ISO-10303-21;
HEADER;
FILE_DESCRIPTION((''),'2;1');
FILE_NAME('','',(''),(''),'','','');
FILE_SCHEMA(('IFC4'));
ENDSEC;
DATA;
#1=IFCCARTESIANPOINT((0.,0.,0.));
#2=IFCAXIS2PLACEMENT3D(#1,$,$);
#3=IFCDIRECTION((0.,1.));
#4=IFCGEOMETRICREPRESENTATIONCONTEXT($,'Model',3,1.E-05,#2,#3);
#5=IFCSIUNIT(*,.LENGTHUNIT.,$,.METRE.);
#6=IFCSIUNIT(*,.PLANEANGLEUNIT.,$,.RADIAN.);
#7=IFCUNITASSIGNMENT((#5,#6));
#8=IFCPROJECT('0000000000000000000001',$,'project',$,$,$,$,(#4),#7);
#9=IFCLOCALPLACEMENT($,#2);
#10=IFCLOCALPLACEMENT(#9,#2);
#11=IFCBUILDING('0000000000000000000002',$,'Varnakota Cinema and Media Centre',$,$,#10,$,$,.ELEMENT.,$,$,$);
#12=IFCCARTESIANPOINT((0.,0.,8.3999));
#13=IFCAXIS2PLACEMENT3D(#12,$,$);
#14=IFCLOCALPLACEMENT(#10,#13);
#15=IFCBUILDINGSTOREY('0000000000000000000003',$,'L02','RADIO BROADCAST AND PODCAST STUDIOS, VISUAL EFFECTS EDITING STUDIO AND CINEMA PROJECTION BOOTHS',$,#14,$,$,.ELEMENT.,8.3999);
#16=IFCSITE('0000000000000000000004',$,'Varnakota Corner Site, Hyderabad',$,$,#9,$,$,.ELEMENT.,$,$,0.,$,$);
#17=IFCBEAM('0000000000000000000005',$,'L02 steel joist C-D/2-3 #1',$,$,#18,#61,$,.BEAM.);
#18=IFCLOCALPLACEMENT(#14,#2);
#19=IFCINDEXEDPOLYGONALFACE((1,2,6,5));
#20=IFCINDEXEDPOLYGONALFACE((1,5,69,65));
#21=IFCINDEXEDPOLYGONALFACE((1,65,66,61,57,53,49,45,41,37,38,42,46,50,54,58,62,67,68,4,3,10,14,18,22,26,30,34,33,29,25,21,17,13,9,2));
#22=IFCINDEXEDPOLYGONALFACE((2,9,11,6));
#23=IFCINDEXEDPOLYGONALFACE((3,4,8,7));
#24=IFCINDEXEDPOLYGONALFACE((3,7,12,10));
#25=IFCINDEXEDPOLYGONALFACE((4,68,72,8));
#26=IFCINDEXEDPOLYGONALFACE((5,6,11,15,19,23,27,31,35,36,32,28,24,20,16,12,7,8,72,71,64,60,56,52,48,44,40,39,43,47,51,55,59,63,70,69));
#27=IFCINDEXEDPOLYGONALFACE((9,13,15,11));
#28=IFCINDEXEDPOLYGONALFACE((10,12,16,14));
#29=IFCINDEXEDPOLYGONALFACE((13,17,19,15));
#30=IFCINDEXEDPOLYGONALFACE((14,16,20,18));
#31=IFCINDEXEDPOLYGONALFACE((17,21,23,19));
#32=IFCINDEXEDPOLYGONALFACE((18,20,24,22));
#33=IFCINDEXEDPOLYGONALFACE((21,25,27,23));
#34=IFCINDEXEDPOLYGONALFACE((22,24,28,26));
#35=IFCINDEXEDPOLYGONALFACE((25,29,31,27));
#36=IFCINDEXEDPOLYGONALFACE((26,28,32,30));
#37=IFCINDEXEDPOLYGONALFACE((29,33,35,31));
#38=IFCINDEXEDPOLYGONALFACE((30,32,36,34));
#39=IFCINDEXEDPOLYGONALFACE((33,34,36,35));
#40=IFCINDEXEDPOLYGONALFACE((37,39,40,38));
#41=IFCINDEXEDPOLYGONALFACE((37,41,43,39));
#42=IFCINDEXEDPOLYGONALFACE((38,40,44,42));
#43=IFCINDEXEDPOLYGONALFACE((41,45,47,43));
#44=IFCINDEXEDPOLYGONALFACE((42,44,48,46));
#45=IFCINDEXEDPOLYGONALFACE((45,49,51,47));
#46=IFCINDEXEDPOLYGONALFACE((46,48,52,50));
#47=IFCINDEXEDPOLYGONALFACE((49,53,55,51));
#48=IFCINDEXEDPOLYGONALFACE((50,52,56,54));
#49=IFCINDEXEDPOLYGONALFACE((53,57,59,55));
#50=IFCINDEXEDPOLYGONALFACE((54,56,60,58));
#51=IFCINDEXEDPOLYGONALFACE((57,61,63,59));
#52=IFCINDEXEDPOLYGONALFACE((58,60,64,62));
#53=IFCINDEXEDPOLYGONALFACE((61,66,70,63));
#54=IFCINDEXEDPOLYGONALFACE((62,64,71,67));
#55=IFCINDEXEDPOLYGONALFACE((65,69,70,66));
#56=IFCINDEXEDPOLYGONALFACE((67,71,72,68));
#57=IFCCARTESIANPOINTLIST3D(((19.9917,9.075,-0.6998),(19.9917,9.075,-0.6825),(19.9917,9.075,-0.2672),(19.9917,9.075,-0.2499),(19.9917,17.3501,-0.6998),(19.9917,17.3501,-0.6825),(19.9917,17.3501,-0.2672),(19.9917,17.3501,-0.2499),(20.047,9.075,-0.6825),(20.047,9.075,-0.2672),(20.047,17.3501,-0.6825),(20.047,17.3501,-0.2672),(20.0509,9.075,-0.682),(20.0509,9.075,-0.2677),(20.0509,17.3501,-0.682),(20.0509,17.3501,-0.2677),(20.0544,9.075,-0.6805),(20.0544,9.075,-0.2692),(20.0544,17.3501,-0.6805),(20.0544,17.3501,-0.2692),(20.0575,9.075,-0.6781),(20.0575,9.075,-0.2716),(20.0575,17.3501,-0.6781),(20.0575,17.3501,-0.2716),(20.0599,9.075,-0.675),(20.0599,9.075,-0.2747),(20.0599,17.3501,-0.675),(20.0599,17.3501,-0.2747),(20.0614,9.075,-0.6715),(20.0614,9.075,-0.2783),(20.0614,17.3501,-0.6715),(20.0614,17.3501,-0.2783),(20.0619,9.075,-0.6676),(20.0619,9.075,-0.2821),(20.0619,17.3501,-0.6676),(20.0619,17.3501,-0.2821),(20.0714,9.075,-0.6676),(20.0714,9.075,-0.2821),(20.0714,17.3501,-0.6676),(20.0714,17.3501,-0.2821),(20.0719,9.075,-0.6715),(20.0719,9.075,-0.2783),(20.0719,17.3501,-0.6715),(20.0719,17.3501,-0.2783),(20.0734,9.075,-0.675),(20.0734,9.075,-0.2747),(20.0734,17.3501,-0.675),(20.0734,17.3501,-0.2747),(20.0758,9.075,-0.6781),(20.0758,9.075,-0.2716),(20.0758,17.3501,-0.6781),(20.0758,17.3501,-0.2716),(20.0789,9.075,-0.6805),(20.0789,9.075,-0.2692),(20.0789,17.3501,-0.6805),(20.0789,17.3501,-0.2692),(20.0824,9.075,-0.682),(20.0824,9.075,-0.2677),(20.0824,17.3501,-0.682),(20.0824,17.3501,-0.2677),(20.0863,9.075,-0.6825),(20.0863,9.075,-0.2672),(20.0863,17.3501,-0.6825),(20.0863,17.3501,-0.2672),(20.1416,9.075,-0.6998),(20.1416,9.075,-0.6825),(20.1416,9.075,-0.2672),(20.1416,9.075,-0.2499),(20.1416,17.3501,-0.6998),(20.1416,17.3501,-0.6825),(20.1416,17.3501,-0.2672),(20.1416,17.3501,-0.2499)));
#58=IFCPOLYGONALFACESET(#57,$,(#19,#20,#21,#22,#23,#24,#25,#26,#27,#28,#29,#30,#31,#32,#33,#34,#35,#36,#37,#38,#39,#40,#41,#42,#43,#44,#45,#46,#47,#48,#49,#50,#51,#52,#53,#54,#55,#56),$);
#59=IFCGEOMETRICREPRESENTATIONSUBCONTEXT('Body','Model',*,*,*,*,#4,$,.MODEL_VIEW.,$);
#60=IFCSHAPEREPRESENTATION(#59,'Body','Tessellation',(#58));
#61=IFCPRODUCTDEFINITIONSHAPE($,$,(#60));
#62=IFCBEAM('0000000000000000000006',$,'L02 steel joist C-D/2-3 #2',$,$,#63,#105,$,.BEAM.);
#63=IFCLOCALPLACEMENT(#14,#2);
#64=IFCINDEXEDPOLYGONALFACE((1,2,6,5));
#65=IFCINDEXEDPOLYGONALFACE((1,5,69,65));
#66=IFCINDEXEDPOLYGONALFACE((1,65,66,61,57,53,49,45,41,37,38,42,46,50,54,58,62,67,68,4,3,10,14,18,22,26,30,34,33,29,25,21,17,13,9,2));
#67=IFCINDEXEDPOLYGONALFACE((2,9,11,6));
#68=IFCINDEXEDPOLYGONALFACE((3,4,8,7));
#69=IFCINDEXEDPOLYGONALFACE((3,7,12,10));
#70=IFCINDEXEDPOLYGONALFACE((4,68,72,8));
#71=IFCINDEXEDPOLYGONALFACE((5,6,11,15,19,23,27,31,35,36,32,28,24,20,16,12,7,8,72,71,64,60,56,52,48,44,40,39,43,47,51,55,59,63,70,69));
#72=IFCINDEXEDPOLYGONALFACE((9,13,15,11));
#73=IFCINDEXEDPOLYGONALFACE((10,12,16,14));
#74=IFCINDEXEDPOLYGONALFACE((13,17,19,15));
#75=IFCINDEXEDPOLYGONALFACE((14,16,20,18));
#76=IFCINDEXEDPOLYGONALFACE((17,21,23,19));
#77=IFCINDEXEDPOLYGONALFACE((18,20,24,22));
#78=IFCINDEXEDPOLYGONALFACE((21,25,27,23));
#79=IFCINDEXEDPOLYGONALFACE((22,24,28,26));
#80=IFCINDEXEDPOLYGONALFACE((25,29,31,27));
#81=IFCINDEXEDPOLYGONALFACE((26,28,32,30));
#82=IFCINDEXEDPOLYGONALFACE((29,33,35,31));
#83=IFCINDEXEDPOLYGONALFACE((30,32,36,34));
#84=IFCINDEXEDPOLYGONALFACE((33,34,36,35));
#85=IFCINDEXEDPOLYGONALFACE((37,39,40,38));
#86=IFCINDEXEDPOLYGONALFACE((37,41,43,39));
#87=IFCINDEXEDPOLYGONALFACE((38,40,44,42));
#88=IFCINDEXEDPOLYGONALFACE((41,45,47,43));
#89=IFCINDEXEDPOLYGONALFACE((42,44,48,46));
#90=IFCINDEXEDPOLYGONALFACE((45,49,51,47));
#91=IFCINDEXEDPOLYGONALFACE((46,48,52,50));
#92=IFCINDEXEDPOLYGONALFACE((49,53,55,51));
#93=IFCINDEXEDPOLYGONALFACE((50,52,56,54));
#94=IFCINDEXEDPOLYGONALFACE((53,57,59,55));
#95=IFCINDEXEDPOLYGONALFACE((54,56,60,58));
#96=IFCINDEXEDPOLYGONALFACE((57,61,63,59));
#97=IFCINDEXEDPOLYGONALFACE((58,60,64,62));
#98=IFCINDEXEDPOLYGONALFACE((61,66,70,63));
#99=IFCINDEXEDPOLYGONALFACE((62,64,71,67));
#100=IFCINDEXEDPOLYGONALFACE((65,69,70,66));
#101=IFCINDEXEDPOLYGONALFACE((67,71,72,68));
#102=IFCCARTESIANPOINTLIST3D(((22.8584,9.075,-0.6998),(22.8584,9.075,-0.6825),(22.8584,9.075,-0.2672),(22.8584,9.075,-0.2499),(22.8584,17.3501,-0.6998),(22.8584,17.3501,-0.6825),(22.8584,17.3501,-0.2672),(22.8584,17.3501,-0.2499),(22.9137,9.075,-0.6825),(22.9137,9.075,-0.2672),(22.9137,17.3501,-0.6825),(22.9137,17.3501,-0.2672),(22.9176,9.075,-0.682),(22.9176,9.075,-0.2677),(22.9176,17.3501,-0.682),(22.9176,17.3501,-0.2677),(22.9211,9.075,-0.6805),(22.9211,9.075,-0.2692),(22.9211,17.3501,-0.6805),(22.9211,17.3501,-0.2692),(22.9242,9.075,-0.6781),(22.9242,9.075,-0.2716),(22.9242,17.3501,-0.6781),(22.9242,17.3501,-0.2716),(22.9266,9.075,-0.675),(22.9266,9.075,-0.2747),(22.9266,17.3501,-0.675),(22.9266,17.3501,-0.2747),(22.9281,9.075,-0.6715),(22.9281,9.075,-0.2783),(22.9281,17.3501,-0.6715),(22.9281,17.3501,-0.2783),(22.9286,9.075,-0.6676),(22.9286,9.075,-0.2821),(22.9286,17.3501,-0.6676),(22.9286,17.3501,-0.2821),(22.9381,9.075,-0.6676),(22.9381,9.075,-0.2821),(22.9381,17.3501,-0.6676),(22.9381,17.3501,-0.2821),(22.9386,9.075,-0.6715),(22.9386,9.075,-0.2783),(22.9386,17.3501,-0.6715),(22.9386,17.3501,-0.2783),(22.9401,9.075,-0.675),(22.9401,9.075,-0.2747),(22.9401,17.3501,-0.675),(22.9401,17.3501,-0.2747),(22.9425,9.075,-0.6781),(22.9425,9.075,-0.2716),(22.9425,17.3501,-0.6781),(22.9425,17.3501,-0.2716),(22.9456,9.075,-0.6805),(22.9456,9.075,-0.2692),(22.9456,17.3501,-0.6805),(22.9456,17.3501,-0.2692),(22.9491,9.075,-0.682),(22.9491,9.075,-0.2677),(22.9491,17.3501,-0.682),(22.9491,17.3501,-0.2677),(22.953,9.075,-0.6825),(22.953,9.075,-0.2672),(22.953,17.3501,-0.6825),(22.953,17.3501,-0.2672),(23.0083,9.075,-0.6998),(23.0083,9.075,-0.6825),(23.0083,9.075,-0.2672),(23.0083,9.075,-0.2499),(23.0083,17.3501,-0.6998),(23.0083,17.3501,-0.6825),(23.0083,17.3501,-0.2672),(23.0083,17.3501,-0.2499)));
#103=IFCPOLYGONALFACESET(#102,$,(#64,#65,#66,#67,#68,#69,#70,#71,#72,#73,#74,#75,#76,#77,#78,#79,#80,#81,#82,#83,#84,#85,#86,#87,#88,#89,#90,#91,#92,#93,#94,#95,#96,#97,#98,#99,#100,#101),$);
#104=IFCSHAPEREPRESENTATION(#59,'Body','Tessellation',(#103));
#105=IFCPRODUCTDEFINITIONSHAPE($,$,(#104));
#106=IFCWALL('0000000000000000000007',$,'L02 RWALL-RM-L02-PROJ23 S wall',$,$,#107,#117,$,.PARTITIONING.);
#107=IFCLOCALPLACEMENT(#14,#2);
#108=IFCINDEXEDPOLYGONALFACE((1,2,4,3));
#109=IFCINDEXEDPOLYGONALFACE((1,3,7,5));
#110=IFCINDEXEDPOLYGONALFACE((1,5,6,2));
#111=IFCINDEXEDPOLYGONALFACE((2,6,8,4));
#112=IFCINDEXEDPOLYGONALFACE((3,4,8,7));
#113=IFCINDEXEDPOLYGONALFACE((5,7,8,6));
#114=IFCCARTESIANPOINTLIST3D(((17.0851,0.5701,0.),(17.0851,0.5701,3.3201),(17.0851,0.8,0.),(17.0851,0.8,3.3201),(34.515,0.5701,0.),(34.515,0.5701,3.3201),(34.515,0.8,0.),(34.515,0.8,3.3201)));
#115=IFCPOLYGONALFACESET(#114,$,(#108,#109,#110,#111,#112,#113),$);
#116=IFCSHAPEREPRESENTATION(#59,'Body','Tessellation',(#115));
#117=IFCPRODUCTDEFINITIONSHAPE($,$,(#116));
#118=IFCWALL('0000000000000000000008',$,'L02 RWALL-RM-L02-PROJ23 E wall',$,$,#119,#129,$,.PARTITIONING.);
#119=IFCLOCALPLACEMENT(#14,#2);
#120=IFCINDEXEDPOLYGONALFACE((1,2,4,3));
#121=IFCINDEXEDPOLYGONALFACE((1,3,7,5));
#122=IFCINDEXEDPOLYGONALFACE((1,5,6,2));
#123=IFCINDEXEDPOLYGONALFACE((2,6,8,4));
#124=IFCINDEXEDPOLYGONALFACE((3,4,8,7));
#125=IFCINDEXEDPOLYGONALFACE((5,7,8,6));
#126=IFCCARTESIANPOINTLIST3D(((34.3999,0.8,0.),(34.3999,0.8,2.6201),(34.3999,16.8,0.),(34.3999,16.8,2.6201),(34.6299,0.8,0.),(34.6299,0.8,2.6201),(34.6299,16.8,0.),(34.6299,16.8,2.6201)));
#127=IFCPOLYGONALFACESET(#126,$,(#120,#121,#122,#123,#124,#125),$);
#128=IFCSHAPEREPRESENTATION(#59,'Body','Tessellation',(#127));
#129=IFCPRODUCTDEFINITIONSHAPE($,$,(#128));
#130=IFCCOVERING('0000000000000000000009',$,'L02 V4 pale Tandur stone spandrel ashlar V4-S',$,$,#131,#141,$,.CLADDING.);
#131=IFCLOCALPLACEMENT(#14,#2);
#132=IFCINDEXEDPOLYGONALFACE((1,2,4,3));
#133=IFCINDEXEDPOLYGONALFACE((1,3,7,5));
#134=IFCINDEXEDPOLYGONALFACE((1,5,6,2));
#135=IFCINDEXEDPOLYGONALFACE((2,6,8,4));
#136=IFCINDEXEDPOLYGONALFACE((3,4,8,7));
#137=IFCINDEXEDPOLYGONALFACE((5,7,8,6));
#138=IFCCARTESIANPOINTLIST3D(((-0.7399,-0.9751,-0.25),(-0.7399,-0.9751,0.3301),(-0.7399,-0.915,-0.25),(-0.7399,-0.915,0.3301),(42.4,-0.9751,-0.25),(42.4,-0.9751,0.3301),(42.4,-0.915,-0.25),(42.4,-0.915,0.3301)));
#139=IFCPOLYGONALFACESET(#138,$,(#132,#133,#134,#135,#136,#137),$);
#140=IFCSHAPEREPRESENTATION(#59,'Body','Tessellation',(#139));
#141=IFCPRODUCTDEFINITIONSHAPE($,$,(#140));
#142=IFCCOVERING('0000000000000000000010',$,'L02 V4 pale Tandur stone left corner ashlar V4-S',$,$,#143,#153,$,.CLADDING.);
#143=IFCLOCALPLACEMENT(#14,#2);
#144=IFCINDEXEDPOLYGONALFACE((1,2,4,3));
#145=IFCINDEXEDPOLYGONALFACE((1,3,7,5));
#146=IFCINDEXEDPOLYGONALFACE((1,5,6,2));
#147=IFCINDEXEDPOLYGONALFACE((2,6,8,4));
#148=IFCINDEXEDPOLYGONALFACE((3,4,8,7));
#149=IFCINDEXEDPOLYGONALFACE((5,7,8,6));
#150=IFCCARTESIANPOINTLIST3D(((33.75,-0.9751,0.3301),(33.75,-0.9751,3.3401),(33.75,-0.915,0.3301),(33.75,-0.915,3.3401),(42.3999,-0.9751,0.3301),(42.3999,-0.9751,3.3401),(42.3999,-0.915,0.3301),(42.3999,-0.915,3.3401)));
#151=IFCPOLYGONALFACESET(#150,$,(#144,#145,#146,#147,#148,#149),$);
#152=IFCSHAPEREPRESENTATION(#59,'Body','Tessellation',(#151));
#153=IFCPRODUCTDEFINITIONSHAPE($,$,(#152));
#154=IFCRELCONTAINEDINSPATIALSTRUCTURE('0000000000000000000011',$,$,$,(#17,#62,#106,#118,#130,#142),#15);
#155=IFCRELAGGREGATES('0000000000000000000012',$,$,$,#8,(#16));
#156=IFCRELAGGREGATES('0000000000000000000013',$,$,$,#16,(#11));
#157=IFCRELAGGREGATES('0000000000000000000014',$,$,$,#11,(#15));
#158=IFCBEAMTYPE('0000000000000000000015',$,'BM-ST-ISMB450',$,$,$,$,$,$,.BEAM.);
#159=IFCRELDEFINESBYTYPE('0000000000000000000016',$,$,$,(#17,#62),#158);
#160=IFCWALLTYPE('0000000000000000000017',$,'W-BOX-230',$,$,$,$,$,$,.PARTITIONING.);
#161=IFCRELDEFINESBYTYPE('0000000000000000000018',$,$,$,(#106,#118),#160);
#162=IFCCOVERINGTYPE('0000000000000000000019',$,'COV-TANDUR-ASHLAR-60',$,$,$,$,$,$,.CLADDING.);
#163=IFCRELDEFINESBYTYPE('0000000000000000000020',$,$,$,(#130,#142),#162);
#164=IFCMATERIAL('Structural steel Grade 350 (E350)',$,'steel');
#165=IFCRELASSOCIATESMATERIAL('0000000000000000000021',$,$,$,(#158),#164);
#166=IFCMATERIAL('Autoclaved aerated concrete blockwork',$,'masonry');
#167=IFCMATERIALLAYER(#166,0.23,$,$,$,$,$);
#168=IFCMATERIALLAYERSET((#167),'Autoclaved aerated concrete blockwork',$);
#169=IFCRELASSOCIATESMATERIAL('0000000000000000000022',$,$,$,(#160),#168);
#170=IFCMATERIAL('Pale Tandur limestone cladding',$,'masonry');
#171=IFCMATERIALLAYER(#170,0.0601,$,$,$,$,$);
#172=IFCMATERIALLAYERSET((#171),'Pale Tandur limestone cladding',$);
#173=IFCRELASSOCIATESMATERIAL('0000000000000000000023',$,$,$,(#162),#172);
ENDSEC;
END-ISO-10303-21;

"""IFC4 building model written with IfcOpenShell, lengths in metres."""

from ifc_helpers import new_model, si_unit, direction, frame, frame_2d, origin, origin_2d, place, context, subcontext, project, spatial, rectangle, i_section, extrude, material, layer, layer_set, material_profile, profile_set, type_object, element, save


model = new_model("IFC4")

# Units and contexts
model_context = context("Model", 3, precision=1e-05, world=origin(), true_north=direction((0.0, 1.0)))
body_context = subcontext(model_context, "Body", "Model", "MODEL_VIEW")
ifc_project = project(units=[si_unit("LENGTHUNIT", "METRE"), si_unit("PLANEANGLEUNIT", "RADIAN")], contexts=[model_context])

# Site, building, storey
site_placement = place(None, origin())
site = spatial("IfcSite", under=ifc_project, at=site_placement, Name="Varnakota Corner Site, Hyderabad", CompositionType="ELEMENT", RefElevation=0.0)
building_placement = place(site_placement, origin())
building = spatial("IfcBuilding", under=site, at=building_placement, Name="Varnakota Cinema and Media Centre", CompositionType="ELEMENT")
storey_placement = place(building_placement, frame((0.0, 0.0, 8.3999)))
storey = spatial("IfcBuildingStorey", under=building, at=storey_placement, Name="L02", Description="RADIO BROADCAST AND PODCAST STUDIOS, VISUAL EFFECTS EDITING STUDIO AND CINEMA PROJECTION BOOTHS", CompositionType="ELEMENT", Elevation=8.3999)

# Beams
ifc_material_1 = material(Name="Structural steel Grade 350 (E350)", Category="steel")
ifc_material_profile_1 = material_profile(ifc_material_1, i_section(OverallWidth=0.1499, OverallDepth=0.45, WebThickness=0.0095, FlangeThickness=0.0173, FilletRadius=0.0149, at=origin_2d()), Name="ISMB 450")
ifc_profile_set_1 = profile_set([ifc_material_profile_1], Name="Structural steel Grade 350 (E350)")
beam_type_1 = type_object("IfcBeamType", Name="BM-ST-ISMB450", PredefinedType="BEAM", material=ifc_profile_set_1)
for number, where, z_axis, x_axis, name in (
    (1, (20.0667, 9.075, -0.4749), (0.0, 1.0, 0.0), (-1.0, 0.0, 0.0), "L02 steel joist C-D/2-3 #1"),
    (2, (22.9333, 9.075, -0.4749), (0.0, 1.0, 0.0), (-1.0, 0.0, 0.0), "L02 steel joist C-D/2-3 #2"),
):
    element("IfcBeam", number, at=place(storey_placement, frame(where, z_axis=z_axis, x_axis=x_axis)), inside=storey, type_object=beam_type_1, Name=name, PredefinedType="BEAM", context=body_context, shape_type="SweptSolid", body=[
        extrude(i_section(OverallWidth=0.1499, OverallDepth=0.45, WebThickness=0.0095, FlangeThickness=0.0173, FilletRadius=0.0149, at=origin_2d()), origin(), (0.0, 0.0, 1.0), 8.2751),
    ])

# Walls
ifc_material_2 = material(Name="Autoclaved aerated concrete blockwork", Category="masonry")
ifc_layer_1 = layer(ifc_material_2, 0.23)
ifc_layer_set_1 = layer_set([ifc_layer_1], Name="Autoclaved aerated concrete blockwork")
wall_type = type_object("IfcWallType", Name="W-BOX-230", PredefinedType="PARTITIONING", material=ifc_layer_set_1)
wall_1_placement = place(storey_placement, frame((34.5149, 0.6851, 0.0), z_axis=(0.0, 0.0, 1.0), x_axis=(-1.0, 0.0, 0.0)))
element("IfcWall", 3, at=wall_1_placement, inside=storey, type_object=wall_type, Name="L02 RWALL-RM-L02-PROJ23 S wall", PredefinedType="PARTITIONING", context=body_context, shape_type="SweptSolid", body=[
    extrude(rectangle(XDim=17.4299, YDim=0.23, at=frame_2d((8.7148, 0.0))), origin(), (0.0, 0.0, 1.0), 3.3201),
])
wall_2_placement = place(storey_placement, frame((34.5149, 16.8, 0.0), z_axis=(0.0, 0.0, 1.0), x_axis=(0.0, -1.0, 0.0)))
element("IfcWall", 4, at=wall_2_placement, inside=storey, type_object=wall_type, Name="L02 RWALL-RM-L02-PROJ23 E wall", PredefinedType="PARTITIONING", context=body_context, shape_type="SweptSolid", body=[
    extrude(rectangle(XDim=16.0, YDim=0.23, at=frame_2d((8.0, 0.0))), origin(), (0.0, 0.0, 1.0), 2.6201),
])

# Coverings
ifc_material_3 = material(Name="Pale Tandur limestone cladding", Category="masonry")
ifc_layer_2 = layer(ifc_material_3, 0.0601)
ifc_layer_set_2 = layer_set([ifc_layer_2], Name="Pale Tandur limestone cladding")
covering_type = type_object("IfcCoveringType", Name="COV-TANDUR-ASHLAR-60", PredefinedType="CLADDING", material=ifc_layer_set_2)
covering_1_placement = place(storey_placement, frame((20.8301, -0.9451, -0.25), z_axis=(0.0, 0.0, 1.0), x_axis=(-1.0, 0.0, 0.0)))
element("IfcCovering", 5, at=covering_1_placement, inside=storey, type_object=covering_type, Name="L02 V4 pale Tandur stone spandrel ashlar V4-S", PredefinedType="CLADDING", context=body_context, shape_type="SweptSolid", body=[
    extrude(rectangle(XDim=43.1399, YDim=0.0601, at=origin_2d()), origin(), (0.0, 0.0, 1.0), 0.5801),
])
covering_2_placement = place(storey_placement, frame((38.075, -0.9451, 0.3301), z_axis=(0.0, 0.0, 1.0), x_axis=(-1.0, 0.0, 0.0)))
element("IfcCovering", 6, at=covering_2_placement, inside=storey, type_object=covering_type, Name="L02 V4 pale Tandur stone left corner ashlar V4-S", PredefinedType="CLADDING", context=body_context, shape_type="SweptSolid", body=[
    extrude(rectangle(XDim=8.6499, YDim=0.0601, at=origin_2d()), origin(), (0.0, 0.0, 1.0), 3.01),
])

save(model, "model.ifc")
